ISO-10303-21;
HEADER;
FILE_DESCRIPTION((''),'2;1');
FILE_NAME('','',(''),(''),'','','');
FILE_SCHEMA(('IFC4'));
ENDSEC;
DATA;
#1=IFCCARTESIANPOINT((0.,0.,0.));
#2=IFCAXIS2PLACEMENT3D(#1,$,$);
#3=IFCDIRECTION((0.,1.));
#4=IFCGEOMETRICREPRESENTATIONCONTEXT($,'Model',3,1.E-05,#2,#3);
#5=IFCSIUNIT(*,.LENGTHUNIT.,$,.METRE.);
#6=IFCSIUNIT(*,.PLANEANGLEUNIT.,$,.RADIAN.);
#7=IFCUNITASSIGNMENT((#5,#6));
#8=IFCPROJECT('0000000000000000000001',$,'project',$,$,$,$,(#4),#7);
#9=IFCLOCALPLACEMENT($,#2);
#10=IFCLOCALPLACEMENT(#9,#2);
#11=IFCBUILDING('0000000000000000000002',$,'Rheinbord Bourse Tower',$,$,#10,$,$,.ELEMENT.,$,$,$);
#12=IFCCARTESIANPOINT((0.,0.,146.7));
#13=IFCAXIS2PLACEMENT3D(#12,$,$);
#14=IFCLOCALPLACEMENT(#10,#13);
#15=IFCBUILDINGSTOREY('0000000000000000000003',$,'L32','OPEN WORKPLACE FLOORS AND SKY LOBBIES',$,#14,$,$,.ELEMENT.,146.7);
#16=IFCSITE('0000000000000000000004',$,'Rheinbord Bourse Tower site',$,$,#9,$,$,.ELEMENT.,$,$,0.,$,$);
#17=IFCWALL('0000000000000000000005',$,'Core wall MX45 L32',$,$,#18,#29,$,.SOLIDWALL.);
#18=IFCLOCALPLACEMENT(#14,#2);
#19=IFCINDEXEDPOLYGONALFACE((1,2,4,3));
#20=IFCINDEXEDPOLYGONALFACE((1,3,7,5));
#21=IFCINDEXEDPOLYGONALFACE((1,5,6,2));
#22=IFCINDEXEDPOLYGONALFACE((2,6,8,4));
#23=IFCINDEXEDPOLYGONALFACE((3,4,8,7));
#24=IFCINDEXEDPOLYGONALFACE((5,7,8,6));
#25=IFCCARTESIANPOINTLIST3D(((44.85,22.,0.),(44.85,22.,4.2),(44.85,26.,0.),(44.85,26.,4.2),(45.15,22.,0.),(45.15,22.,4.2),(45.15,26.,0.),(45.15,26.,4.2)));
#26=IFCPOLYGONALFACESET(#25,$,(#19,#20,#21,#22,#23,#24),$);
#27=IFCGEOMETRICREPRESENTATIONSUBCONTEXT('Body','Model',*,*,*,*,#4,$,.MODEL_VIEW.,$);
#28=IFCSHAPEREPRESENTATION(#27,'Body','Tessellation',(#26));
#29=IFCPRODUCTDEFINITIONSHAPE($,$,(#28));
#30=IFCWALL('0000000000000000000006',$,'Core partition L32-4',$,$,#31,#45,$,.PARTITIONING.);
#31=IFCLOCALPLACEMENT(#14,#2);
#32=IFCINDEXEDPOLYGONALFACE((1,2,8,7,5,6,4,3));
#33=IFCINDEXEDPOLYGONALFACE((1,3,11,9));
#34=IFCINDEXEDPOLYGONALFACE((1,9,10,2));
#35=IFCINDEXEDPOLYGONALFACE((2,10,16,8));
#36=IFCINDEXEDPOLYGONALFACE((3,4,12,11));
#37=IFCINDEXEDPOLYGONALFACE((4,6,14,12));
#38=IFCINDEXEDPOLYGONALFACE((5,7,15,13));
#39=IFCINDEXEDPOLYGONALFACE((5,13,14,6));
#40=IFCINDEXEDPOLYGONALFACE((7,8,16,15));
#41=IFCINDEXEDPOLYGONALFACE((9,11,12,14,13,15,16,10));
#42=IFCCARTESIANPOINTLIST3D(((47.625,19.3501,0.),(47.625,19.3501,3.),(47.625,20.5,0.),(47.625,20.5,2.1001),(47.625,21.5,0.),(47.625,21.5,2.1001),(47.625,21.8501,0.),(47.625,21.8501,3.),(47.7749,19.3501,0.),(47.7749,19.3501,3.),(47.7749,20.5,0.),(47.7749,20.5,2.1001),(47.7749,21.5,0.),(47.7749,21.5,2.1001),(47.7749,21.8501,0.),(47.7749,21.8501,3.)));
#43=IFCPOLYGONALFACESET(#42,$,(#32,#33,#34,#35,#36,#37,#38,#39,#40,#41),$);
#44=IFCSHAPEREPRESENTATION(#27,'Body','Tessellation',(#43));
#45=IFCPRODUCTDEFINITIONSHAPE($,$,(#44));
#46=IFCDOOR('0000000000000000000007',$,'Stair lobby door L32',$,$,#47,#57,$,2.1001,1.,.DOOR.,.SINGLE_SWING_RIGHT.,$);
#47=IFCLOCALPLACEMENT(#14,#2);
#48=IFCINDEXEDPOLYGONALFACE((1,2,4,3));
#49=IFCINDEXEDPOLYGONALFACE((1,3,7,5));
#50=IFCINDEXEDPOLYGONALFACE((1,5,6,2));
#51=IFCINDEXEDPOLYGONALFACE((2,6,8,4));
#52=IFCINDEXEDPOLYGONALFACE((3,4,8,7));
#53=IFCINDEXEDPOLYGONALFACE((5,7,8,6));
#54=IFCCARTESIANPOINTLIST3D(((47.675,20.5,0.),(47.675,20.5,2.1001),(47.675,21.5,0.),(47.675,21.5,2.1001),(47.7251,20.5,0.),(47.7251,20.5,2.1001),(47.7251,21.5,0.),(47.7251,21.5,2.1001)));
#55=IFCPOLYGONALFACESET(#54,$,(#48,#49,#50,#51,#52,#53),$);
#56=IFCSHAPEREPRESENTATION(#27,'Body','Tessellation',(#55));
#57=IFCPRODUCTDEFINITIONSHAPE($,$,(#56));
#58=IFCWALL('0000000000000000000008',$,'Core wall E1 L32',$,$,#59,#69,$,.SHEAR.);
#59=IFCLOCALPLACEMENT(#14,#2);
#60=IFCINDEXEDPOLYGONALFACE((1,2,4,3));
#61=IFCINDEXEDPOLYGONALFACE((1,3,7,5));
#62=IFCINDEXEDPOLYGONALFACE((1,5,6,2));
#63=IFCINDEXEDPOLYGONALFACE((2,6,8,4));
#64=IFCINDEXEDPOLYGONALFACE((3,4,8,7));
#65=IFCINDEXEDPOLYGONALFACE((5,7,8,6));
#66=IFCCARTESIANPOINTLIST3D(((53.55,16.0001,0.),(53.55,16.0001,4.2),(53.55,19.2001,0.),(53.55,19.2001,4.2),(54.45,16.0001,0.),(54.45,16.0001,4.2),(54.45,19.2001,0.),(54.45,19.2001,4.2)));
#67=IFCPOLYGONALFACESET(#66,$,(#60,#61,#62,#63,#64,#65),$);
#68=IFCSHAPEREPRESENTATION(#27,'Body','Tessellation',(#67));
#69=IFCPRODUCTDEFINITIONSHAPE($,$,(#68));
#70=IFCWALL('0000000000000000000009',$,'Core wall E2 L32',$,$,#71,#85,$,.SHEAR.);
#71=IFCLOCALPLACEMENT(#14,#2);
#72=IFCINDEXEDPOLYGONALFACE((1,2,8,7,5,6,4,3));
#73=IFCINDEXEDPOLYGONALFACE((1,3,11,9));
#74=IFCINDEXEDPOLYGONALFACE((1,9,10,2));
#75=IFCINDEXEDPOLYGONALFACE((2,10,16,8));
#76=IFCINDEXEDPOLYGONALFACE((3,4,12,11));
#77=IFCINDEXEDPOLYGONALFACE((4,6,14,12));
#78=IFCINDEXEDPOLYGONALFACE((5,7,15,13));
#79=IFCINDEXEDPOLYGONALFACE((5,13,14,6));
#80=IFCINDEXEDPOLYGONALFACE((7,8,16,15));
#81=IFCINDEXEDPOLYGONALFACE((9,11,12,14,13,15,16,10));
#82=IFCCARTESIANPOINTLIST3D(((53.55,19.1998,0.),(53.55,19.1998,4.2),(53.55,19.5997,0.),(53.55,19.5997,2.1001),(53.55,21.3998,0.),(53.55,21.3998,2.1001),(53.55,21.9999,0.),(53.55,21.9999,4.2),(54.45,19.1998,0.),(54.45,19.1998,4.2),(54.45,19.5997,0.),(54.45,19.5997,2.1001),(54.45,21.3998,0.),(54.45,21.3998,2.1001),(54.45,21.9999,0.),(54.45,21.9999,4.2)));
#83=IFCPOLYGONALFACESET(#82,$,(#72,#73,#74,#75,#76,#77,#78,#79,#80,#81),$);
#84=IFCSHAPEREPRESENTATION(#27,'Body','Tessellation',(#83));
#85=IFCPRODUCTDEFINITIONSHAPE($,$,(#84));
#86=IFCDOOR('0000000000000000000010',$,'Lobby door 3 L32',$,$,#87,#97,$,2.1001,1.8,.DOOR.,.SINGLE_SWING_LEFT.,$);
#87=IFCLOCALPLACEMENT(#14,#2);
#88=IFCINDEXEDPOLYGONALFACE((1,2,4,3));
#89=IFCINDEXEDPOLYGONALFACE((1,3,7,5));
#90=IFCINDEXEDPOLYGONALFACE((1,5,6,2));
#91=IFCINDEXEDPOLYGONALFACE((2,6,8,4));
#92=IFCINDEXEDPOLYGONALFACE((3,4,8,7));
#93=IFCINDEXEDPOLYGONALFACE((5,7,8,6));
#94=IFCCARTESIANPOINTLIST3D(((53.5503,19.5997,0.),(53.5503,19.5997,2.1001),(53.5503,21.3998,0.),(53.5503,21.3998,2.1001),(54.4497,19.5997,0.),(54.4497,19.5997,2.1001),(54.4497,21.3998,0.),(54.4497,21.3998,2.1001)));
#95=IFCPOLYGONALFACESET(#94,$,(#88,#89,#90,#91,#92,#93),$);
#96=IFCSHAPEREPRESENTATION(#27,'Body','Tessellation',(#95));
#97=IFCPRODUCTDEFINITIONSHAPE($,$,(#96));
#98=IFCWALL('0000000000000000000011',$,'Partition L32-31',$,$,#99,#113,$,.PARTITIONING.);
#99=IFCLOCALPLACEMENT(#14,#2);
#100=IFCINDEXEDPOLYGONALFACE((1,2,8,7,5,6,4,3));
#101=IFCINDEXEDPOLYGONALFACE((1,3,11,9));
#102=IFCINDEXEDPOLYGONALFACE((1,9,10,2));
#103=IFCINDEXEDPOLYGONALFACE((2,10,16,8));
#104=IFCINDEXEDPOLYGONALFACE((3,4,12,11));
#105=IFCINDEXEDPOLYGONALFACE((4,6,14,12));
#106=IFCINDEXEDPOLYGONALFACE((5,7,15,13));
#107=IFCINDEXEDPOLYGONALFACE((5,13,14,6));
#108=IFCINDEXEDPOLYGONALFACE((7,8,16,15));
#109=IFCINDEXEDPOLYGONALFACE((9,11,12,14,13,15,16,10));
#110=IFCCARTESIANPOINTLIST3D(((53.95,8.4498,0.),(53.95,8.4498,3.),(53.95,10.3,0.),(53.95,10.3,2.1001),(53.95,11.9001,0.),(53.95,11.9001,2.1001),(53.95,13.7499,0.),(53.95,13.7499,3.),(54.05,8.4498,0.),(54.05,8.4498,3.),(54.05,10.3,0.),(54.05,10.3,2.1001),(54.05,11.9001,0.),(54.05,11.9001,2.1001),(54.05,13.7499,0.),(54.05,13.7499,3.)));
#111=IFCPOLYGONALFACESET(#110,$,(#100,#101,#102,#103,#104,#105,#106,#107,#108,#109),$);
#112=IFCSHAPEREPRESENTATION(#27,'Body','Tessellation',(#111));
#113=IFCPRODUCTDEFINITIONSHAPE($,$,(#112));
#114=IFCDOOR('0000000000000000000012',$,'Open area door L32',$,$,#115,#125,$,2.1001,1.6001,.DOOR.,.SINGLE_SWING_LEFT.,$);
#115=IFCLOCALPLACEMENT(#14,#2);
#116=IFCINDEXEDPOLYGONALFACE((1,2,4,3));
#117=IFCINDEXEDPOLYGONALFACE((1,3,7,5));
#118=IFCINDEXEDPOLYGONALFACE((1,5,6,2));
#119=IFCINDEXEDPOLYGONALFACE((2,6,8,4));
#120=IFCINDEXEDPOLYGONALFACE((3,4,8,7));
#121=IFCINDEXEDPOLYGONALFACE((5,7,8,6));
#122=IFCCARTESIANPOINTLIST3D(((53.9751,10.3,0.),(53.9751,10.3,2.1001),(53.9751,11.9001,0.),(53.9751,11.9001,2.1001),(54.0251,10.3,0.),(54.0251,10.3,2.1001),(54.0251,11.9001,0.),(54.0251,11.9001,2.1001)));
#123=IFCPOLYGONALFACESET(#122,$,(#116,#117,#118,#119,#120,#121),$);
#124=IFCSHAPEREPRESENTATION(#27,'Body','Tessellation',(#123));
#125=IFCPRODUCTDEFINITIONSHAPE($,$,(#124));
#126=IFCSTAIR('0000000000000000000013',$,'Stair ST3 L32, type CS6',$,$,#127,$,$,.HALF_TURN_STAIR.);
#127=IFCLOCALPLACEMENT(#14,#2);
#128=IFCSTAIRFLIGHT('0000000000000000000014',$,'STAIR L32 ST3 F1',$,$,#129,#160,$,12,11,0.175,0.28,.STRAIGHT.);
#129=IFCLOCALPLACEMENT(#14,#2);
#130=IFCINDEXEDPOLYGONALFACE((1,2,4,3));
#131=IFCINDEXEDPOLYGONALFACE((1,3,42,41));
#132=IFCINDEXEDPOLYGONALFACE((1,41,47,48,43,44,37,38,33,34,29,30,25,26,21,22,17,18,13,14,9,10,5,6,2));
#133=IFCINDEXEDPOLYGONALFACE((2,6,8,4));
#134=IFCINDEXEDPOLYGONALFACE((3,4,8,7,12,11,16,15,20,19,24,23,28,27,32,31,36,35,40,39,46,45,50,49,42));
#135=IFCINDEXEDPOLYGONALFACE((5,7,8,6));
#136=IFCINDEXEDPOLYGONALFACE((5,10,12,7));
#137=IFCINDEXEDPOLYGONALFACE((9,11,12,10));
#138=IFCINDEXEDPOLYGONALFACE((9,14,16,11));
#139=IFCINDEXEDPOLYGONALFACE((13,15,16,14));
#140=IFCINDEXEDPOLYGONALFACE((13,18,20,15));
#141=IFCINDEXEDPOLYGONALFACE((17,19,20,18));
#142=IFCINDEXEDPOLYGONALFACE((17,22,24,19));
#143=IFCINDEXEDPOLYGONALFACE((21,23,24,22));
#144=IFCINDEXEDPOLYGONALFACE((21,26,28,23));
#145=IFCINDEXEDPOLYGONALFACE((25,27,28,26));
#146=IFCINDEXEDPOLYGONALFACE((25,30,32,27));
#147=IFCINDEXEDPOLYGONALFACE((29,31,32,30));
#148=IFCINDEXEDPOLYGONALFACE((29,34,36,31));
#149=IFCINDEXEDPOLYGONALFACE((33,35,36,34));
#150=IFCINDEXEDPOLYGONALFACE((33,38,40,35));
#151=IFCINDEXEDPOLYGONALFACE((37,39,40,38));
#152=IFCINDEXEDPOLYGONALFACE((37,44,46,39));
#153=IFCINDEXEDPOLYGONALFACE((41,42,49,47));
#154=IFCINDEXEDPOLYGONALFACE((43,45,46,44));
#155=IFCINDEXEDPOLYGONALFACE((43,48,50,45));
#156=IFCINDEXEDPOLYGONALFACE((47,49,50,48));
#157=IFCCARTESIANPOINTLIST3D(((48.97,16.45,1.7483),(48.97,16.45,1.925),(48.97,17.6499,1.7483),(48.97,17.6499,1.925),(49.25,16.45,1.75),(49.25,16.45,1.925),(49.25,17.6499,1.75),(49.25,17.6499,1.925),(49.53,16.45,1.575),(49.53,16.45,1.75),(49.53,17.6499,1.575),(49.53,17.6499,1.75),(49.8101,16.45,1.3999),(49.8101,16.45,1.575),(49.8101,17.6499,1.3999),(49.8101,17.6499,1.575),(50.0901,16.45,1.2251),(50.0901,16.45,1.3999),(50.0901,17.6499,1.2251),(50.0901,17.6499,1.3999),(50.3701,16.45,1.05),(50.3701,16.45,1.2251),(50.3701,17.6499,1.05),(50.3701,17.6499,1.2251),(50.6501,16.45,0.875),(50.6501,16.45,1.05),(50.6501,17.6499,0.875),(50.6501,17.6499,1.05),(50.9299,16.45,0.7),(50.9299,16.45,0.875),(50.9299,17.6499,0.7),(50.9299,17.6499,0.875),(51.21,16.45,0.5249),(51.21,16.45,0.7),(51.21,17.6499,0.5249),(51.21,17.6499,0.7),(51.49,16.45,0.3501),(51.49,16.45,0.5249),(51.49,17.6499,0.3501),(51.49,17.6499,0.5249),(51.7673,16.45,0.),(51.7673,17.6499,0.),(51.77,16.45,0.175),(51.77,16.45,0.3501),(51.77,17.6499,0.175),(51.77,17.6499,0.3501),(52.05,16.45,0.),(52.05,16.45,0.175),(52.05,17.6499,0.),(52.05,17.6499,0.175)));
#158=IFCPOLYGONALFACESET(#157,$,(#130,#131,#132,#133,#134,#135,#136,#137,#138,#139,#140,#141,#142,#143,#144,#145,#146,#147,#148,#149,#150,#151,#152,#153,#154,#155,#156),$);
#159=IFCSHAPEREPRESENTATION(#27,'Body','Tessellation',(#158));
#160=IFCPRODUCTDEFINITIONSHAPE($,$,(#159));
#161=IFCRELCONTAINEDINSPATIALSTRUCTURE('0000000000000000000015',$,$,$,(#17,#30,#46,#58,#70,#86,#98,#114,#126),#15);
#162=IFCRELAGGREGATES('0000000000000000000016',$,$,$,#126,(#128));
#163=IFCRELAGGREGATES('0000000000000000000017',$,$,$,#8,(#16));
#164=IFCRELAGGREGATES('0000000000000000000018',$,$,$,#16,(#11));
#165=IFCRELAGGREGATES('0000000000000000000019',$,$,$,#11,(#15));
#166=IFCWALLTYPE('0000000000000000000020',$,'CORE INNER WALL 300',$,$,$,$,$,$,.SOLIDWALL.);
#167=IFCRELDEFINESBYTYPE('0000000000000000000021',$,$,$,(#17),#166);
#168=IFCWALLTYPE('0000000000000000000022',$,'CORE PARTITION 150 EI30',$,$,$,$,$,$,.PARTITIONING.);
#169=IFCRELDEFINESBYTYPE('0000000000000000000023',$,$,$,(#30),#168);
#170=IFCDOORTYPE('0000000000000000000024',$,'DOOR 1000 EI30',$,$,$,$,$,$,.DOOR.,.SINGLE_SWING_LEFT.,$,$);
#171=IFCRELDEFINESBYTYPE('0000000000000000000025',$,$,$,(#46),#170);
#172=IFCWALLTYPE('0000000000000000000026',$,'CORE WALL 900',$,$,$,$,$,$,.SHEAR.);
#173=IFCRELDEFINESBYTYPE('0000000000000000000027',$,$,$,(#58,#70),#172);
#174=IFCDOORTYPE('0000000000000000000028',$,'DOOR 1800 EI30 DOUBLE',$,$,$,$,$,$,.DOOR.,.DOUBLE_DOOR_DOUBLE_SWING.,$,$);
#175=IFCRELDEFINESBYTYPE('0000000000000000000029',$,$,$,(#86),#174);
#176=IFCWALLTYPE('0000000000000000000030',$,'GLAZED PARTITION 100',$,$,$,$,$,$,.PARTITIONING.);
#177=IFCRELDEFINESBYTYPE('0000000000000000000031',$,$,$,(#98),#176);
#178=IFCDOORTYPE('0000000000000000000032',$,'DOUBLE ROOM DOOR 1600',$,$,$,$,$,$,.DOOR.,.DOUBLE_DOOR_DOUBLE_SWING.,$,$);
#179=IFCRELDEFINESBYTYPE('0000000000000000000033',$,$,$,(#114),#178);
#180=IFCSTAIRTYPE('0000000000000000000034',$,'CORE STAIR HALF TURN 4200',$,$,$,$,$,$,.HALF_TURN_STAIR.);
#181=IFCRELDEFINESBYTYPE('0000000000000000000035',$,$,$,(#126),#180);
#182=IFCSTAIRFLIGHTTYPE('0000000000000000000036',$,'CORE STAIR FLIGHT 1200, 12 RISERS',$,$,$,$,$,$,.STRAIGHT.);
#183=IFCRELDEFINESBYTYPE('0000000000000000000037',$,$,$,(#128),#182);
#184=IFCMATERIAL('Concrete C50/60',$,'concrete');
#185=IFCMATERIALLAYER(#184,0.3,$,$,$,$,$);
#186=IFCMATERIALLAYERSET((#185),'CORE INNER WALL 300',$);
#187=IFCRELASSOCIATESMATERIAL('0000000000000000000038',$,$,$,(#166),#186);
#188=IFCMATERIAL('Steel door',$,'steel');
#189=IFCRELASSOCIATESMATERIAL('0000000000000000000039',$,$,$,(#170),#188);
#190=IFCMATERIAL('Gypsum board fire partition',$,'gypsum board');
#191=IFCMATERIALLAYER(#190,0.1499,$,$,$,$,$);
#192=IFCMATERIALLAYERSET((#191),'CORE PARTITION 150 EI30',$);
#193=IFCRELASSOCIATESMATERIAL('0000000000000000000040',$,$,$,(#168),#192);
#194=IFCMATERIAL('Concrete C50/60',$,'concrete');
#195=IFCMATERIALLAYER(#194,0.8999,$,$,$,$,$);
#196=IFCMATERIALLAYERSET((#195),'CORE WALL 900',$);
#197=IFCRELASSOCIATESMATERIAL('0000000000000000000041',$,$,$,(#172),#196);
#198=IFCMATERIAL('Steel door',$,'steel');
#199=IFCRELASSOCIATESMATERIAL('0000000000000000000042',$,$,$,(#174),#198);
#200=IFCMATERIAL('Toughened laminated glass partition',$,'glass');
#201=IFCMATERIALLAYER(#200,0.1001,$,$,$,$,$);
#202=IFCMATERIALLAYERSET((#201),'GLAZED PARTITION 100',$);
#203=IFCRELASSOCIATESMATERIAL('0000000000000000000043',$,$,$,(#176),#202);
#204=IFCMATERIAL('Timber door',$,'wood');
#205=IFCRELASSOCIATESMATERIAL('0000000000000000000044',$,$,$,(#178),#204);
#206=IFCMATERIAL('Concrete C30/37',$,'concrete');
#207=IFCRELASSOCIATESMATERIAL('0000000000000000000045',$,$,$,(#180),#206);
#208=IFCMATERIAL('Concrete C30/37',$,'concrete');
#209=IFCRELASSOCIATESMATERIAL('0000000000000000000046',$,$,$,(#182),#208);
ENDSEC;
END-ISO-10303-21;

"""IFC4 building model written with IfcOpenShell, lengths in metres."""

from ifc_helpers import new_model, si_unit, direction, frame, frame_2d, origin, place, context, subcontext, project, spatial, polyline, rectangle, outline, extrude, material, layer, layer_set, type_object, element, fill, aggregate, save


model = new_model("IFC4")

# Units and contexts
model_context = context("Model", 3, precision=1e-05, world=origin(), true_north=direction((0.0, 1.0)))
body_context = subcontext(model_context, "Body", "Model", "MODEL_VIEW")
ifc_project = project(units=[si_unit("LENGTHUNIT", "METRE"), si_unit("PLANEANGLEUNIT", "RADIAN")], contexts=[model_context])

# Site, building, storey
site_placement = place(None, origin())
site = spatial("IfcSite", under=ifc_project, at=site_placement, Name="Rheinbord Bourse Tower site", CompositionType="ELEMENT", RefElevation=0.0)
building_placement = place(site_placement, origin())
building = spatial("IfcBuilding", under=site, at=building_placement, Name="Rheinbord Bourse Tower", CompositionType="ELEMENT")
storey_placement = place(building_placement, frame((0.0, 0.0, 146.7)))
storey = spatial("IfcBuildingStorey", under=building, at=storey_placement, Name="L32", Description="OPEN WORKPLACE FLOORS AND SKY LOBBIES", CompositionType="ELEMENT", Elevation=146.7)

# Shared definitions
ifc_material_1 = material(Name="Concrete C50/60", Category="concrete")
ifc_layer_1 = layer(ifc_material_1, 0.3)
ifc_layer_set_1 = layer_set([ifc_layer_1], Name="CORE INNER WALL 300")
wall_type_1 = type_object("IfcWallType", Name="CORE INNER WALL 300", PredefinedType="SOLIDWALL", material=ifc_layer_set_1)
ifc_material_2 = material(Name="Steel door", Category="steel")
door_type_1 = type_object("IfcDoorType", Name="DOOR 1000 EI30", OperationType="SINGLE_SWING_LEFT", PredefinedType="DOOR", material=ifc_material_2)

# Wall
wall_1_placement = place(storey_placement, frame((45.0, 22.0, 0.0), z_axis=(0.0, 0.0, 1.0), x_axis=(0.0, 1.0, 0.0)))
element("IfcWall", 1, at=wall_1_placement, inside=storey, type_object=wall_type_1, Name="Core wall MX45 L32", PredefinedType="SOLIDWALL", context=body_context, shape_type="SweptSolid", body=[
    extrude(rectangle(XDim=4.0, YDim=0.3, at=frame_2d((2.0, 0.0))), origin(), (0.0, 0.0, 1.0), 4.2),
])

# Wall, opening, door
ifc_material_3 = material(Name="Gypsum board fire partition", Category="gypsum board")
ifc_layer_2 = layer(ifc_material_3, 0.1499)
ifc_layer_set_2 = layer_set([ifc_layer_2], Name="CORE PARTITION 150 EI30")
wall_type_2 = type_object("IfcWallType", Name="CORE PARTITION 150 EI30", PredefinedType="PARTITIONING", material=ifc_layer_set_2)
wall_2_placement = place(storey_placement, frame((47.7, 19.3501, 0.0), z_axis=(0.0, 0.0, 1.0), x_axis=(0.0, 1.0, 0.0)))
wall_2 = element("IfcWall", 2, at=wall_2_placement, inside=storey, type_object=wall_type_2, Name="Core partition L32-4", PredefinedType="PARTITIONING", context=body_context, shape_type="SweptSolid", body=[
    extrude(rectangle(XDim=2.5, YDim=0.1499, at=frame_2d((1.25, 0.0))), origin(), (0.0, 0.0, 1.0), 3.0),
])
opening_1_placement = place(wall_2_placement, frame((1.1499, 0.0, 0.0)))
opening_1 = element("IfcOpeningElement", 3, at=opening_1_placement, cuts=wall_2, PredefinedType="OPENING", context=body_context, shape_type="SweptSolid", body=[
    extrude(rectangle(XDim=1.0, YDim=2.1001, at=frame_2d((0.5, 1.05))), frame((0.0, 0.085, 0.0), z_axis=(0.0, -1.0, 0.0), x_axis=(1.0, 0.0, 0.0)), (0.0, 0.0, 1.0), 0.1699),
])
door_1_placement = place(opening_1_placement, origin())
door_1 = element("IfcDoor", 4, at=door_1_placement, inside=storey, type_object=door_type_1, Name="Stair lobby door L32", OperationType="SINGLE_SWING_RIGHT", OverallHeight=2.1001, OverallWidth=1.0, PredefinedType="DOOR", context=body_context, shape_type="SweptSolid", body=[
    extrude(rectangle(XDim=1.0, YDim=2.1001, at=frame_2d((0.5, 1.05))), frame((0.0, 0.0249, 0.0), z_axis=(0.0, -1.0, 0.0), x_axis=(1.0, 0.0, 0.0)), (0.0, 0.0, 1.0), 0.05),
])
fill(opening_1, door_1)

# Wall
ifc_material_4 = material(Name="Concrete C50/60", Category="concrete")
ifc_layer_3 = layer(ifc_material_4, 0.8999)
ifc_layer_set_3 = layer_set([ifc_layer_3], Name="CORE WALL 900")
wall_type_3 = type_object("IfcWallType", Name="CORE WALL 900", PredefinedType="SHEAR", material=ifc_layer_set_3)
wall_3_placement = place(storey_placement, frame((54.0, 16.0, 0.0), z_axis=(0.0, 0.0, 1.0), x_axis=(0.0, 1.0, 0.0)))
element("IfcWall", 5, at=wall_3_placement, inside=storey, type_object=wall_type_3, Name="Core wall E1 L32", PredefinedType="SHEAR", context=body_context, shape_type="SweptSolid", body=[
    extrude(rectangle(XDim=3.2, YDim=0.8999, at=frame_2d((1.6001, 0.0))), origin(), (0.0, 0.0, 1.0), 4.2),
])

# Walls, openings, doors
wall_4_placement = place(storey_placement, frame((54.0, 19.2, 0.0), z_axis=(0.0, 0.0, 1.0), x_axis=(0.0, 1.0, 0.0)))
wall_4 = element("IfcWall", 6, at=wall_4_placement, inside=storey, type_object=wall_type_3, Name="Core wall E2 L32", PredefinedType="SHEAR", context=body_context, shape_type="SweptSolid", body=[
    extrude(rectangle(XDim=2.8, YDim=0.8999, at=frame_2d((1.3999, 0.0))), origin(), (0.0, 0.0, 1.0), 4.2),
])
opening_2_placement = place(wall_4_placement, frame((0.3999, 0.0, 0.0)))
opening_2 = element("IfcOpeningElement", 7, at=opening_2_placement, cuts=wall_4, PredefinedType="OPENING", context=body_context, shape_type="SweptSolid", body=[
    extrude(rectangle(XDim=1.8, YDim=2.1001, at=frame_2d((0.8999, 1.05))), frame((0.0, 0.46, 0.0), z_axis=(0.0, -1.0, 0.0), x_axis=(1.0, 0.0, 0.0)), (0.0, 0.0, 1.0), 0.9199),
])
ifc_material_5 = material(Name="Steel door", Category="steel")
door_type_2 = type_object("IfcDoorType", Name="DOOR 1800 EI30 DOUBLE", OperationType="DOUBLE_DOOR_DOUBLE_SWING", PredefinedType="DOOR", material=ifc_material_5)
door_2_placement = place(opening_2_placement, origin())
door_2 = element("IfcDoor", 8, at=door_2_placement, inside=storey, type_object=door_type_2, Name="Lobby door 3 L32", OperationType="SINGLE_SWING_LEFT", OverallHeight=2.1001, OverallWidth=1.8, PredefinedType="DOOR", context=body_context, shape_type="SweptSolid", body=[
    extrude(rectangle(XDim=1.8, YDim=2.1001, at=frame_2d((0.8999, 1.05))), frame((0.0, 0.4497, 0.0), z_axis=(0.0, -1.0, 0.0), x_axis=(1.0, 0.0, 0.0)), (0.0, 0.0, 1.0), 0.8994),
])
fill(opening_2, door_2)
ifc_material_6 = material(Name="Toughened laminated glass partition", Category="glass")
ifc_layer_4 = layer(ifc_material_6, 0.1001)
ifc_layer_set_4 = layer_set([ifc_layer_4], Name="GLAZED PARTITION 100")
wall_type_4 = type_object("IfcWallType", Name="GLAZED PARTITION 100", PredefinedType="PARTITIONING", material=ifc_layer_set_4)
wall_5_placement = place(storey_placement, frame((54.0, 8.45, 0.0), z_axis=(0.0, 0.0, 1.0), x_axis=(0.0, 1.0, 0.0)))
wall_5 = element("IfcWall", 9, at=wall_5_placement, inside=storey, type_object=wall_type_4, Name="Partition L32-31", PredefinedType="PARTITIONING", context=body_context, shape_type="SweptSolid", body=[
    extrude(rectangle(XDim=5.3, YDim=0.1001, at=frame_2d((2.6499, 0.0))), origin(), (0.0, 0.0, 1.0), 3.0),
])
opening_3_placement = place(wall_5_placement, frame((1.8501, 0.0, 0.0)))
opening_3 = element("IfcOpeningElement", 10, at=opening_3_placement, cuts=wall_5, PredefinedType="OPENING", context=body_context, shape_type="SweptSolid", body=[
    extrude(rectangle(XDim=1.6001, YDim=2.1001, at=frame_2d((0.8, 1.05))), frame((0.0, 0.0601, 0.0), z_axis=(0.0, -1.0, 0.0), x_axis=(1.0, 0.0, 0.0)), (0.0, 0.0, 1.0), 0.1201),
])
ifc_material_7 = material(Name="Timber door", Category="wood")
door_type_3 = type_object("IfcDoorType", Name="DOUBLE ROOM DOOR 1600", OperationType="DOUBLE_DOOR_DOUBLE_SWING", PredefinedType="DOOR", material=ifc_material_7)
door_3_placement = place(opening_3_placement, origin())
door_3 = element("IfcDoor", 11, at=door_3_placement, inside=storey, type_object=door_type_3, Name="Open area door L32", OperationType="SINGLE_SWING_LEFT", OverallHeight=2.1001, OverallWidth=1.6001, PredefinedType="DOOR", context=body_context, shape_type="SweptSolid", body=[
    extrude(rectangle(XDim=1.6001, YDim=2.1001, at=frame_2d((0.8, 1.05))), frame((0.0, 0.0249, 0.0), z_axis=(0.0, -1.0, 0.0), x_axis=(1.0, 0.0, 0.0)), (0.0, 0.0, 1.0), 0.05),
])
fill(opening_3, door_3)

# Stair, stair flight
ifc_material_8 = material(Name="Concrete C30/37", Category="concrete")
stair_type = type_object("IfcStairType", Name="CORE STAIR HALF TURN 4200", PredefinedType="HALF_TURN_STAIR", material=ifc_material_8)
stair_placement = place(storey_placement, origin())
stair = element("IfcStair", 12, at=stair_placement, inside=storey, type_object=stair_type, Name="Stair ST3 L32, type CS6", PredefinedType="HALF_TURN_STAIR")
ifc_material_9 = material(Name="Concrete C30/37", Category="concrete")
stair_flight_type = type_object("IfcStairFlightType", Name="CORE STAIR FLIGHT 1200, 12 RISERS", PredefinedType="STRAIGHT", material=ifc_material_9)
stair_flight_1_placement = place(storey_placement, frame((52.05, 17.05, 0.0), z_axis=(0.0, 0.0, 1.0), x_axis=(-1.0, 0.0, 0.0)))
stair_flight_1 = element("IfcStairFlight", 13, at=stair_flight_1_placement, type_object=stair_flight_type, Name="STAIR L32 ST3 F1", NumberOfRisers=12, NumberOfTreads=11, PredefinedType="STRAIGHT", RiserHeight=0.175, TreadLength=0.28, context=body_context, shape_type="SweptSolid", body=[
    extrude(outline(polyline([(0.0, 0.0), (0.0, 0.175), (0.28, 0.175), (0.28, 0.3501), (0.5601, 0.3501), (0.5601, 0.5249), (0.8401, 0.5249), (0.8401, 0.7), (1.1201, 0.7), (1.1201, 0.875), (1.3999, 0.875), (1.3999, 1.05), (1.6799, 1.05), (1.6799, 1.2251), (1.96, 1.2251), (1.96, 1.3999), (2.24, 1.3999), (2.24, 1.575), (2.52, 1.575), (2.52, 1.75), (2.8, 1.75), (2.8, 1.925), (3.0801, 1.925), (3.0801, 2.1001), (3.0801, 1.7483), (0.2827, 0.0), (0.0, 0.0)])), frame((0.0, 0.6001, 0.0), z_axis=(0.0, -1.0, 0.0), x_axis=(1.0, 0.0, 0.0)), (0.0, 0.0, 1.0), 1.2),
])
aggregate(stair, [stair_flight_1])

save(model, "model.ifc")
